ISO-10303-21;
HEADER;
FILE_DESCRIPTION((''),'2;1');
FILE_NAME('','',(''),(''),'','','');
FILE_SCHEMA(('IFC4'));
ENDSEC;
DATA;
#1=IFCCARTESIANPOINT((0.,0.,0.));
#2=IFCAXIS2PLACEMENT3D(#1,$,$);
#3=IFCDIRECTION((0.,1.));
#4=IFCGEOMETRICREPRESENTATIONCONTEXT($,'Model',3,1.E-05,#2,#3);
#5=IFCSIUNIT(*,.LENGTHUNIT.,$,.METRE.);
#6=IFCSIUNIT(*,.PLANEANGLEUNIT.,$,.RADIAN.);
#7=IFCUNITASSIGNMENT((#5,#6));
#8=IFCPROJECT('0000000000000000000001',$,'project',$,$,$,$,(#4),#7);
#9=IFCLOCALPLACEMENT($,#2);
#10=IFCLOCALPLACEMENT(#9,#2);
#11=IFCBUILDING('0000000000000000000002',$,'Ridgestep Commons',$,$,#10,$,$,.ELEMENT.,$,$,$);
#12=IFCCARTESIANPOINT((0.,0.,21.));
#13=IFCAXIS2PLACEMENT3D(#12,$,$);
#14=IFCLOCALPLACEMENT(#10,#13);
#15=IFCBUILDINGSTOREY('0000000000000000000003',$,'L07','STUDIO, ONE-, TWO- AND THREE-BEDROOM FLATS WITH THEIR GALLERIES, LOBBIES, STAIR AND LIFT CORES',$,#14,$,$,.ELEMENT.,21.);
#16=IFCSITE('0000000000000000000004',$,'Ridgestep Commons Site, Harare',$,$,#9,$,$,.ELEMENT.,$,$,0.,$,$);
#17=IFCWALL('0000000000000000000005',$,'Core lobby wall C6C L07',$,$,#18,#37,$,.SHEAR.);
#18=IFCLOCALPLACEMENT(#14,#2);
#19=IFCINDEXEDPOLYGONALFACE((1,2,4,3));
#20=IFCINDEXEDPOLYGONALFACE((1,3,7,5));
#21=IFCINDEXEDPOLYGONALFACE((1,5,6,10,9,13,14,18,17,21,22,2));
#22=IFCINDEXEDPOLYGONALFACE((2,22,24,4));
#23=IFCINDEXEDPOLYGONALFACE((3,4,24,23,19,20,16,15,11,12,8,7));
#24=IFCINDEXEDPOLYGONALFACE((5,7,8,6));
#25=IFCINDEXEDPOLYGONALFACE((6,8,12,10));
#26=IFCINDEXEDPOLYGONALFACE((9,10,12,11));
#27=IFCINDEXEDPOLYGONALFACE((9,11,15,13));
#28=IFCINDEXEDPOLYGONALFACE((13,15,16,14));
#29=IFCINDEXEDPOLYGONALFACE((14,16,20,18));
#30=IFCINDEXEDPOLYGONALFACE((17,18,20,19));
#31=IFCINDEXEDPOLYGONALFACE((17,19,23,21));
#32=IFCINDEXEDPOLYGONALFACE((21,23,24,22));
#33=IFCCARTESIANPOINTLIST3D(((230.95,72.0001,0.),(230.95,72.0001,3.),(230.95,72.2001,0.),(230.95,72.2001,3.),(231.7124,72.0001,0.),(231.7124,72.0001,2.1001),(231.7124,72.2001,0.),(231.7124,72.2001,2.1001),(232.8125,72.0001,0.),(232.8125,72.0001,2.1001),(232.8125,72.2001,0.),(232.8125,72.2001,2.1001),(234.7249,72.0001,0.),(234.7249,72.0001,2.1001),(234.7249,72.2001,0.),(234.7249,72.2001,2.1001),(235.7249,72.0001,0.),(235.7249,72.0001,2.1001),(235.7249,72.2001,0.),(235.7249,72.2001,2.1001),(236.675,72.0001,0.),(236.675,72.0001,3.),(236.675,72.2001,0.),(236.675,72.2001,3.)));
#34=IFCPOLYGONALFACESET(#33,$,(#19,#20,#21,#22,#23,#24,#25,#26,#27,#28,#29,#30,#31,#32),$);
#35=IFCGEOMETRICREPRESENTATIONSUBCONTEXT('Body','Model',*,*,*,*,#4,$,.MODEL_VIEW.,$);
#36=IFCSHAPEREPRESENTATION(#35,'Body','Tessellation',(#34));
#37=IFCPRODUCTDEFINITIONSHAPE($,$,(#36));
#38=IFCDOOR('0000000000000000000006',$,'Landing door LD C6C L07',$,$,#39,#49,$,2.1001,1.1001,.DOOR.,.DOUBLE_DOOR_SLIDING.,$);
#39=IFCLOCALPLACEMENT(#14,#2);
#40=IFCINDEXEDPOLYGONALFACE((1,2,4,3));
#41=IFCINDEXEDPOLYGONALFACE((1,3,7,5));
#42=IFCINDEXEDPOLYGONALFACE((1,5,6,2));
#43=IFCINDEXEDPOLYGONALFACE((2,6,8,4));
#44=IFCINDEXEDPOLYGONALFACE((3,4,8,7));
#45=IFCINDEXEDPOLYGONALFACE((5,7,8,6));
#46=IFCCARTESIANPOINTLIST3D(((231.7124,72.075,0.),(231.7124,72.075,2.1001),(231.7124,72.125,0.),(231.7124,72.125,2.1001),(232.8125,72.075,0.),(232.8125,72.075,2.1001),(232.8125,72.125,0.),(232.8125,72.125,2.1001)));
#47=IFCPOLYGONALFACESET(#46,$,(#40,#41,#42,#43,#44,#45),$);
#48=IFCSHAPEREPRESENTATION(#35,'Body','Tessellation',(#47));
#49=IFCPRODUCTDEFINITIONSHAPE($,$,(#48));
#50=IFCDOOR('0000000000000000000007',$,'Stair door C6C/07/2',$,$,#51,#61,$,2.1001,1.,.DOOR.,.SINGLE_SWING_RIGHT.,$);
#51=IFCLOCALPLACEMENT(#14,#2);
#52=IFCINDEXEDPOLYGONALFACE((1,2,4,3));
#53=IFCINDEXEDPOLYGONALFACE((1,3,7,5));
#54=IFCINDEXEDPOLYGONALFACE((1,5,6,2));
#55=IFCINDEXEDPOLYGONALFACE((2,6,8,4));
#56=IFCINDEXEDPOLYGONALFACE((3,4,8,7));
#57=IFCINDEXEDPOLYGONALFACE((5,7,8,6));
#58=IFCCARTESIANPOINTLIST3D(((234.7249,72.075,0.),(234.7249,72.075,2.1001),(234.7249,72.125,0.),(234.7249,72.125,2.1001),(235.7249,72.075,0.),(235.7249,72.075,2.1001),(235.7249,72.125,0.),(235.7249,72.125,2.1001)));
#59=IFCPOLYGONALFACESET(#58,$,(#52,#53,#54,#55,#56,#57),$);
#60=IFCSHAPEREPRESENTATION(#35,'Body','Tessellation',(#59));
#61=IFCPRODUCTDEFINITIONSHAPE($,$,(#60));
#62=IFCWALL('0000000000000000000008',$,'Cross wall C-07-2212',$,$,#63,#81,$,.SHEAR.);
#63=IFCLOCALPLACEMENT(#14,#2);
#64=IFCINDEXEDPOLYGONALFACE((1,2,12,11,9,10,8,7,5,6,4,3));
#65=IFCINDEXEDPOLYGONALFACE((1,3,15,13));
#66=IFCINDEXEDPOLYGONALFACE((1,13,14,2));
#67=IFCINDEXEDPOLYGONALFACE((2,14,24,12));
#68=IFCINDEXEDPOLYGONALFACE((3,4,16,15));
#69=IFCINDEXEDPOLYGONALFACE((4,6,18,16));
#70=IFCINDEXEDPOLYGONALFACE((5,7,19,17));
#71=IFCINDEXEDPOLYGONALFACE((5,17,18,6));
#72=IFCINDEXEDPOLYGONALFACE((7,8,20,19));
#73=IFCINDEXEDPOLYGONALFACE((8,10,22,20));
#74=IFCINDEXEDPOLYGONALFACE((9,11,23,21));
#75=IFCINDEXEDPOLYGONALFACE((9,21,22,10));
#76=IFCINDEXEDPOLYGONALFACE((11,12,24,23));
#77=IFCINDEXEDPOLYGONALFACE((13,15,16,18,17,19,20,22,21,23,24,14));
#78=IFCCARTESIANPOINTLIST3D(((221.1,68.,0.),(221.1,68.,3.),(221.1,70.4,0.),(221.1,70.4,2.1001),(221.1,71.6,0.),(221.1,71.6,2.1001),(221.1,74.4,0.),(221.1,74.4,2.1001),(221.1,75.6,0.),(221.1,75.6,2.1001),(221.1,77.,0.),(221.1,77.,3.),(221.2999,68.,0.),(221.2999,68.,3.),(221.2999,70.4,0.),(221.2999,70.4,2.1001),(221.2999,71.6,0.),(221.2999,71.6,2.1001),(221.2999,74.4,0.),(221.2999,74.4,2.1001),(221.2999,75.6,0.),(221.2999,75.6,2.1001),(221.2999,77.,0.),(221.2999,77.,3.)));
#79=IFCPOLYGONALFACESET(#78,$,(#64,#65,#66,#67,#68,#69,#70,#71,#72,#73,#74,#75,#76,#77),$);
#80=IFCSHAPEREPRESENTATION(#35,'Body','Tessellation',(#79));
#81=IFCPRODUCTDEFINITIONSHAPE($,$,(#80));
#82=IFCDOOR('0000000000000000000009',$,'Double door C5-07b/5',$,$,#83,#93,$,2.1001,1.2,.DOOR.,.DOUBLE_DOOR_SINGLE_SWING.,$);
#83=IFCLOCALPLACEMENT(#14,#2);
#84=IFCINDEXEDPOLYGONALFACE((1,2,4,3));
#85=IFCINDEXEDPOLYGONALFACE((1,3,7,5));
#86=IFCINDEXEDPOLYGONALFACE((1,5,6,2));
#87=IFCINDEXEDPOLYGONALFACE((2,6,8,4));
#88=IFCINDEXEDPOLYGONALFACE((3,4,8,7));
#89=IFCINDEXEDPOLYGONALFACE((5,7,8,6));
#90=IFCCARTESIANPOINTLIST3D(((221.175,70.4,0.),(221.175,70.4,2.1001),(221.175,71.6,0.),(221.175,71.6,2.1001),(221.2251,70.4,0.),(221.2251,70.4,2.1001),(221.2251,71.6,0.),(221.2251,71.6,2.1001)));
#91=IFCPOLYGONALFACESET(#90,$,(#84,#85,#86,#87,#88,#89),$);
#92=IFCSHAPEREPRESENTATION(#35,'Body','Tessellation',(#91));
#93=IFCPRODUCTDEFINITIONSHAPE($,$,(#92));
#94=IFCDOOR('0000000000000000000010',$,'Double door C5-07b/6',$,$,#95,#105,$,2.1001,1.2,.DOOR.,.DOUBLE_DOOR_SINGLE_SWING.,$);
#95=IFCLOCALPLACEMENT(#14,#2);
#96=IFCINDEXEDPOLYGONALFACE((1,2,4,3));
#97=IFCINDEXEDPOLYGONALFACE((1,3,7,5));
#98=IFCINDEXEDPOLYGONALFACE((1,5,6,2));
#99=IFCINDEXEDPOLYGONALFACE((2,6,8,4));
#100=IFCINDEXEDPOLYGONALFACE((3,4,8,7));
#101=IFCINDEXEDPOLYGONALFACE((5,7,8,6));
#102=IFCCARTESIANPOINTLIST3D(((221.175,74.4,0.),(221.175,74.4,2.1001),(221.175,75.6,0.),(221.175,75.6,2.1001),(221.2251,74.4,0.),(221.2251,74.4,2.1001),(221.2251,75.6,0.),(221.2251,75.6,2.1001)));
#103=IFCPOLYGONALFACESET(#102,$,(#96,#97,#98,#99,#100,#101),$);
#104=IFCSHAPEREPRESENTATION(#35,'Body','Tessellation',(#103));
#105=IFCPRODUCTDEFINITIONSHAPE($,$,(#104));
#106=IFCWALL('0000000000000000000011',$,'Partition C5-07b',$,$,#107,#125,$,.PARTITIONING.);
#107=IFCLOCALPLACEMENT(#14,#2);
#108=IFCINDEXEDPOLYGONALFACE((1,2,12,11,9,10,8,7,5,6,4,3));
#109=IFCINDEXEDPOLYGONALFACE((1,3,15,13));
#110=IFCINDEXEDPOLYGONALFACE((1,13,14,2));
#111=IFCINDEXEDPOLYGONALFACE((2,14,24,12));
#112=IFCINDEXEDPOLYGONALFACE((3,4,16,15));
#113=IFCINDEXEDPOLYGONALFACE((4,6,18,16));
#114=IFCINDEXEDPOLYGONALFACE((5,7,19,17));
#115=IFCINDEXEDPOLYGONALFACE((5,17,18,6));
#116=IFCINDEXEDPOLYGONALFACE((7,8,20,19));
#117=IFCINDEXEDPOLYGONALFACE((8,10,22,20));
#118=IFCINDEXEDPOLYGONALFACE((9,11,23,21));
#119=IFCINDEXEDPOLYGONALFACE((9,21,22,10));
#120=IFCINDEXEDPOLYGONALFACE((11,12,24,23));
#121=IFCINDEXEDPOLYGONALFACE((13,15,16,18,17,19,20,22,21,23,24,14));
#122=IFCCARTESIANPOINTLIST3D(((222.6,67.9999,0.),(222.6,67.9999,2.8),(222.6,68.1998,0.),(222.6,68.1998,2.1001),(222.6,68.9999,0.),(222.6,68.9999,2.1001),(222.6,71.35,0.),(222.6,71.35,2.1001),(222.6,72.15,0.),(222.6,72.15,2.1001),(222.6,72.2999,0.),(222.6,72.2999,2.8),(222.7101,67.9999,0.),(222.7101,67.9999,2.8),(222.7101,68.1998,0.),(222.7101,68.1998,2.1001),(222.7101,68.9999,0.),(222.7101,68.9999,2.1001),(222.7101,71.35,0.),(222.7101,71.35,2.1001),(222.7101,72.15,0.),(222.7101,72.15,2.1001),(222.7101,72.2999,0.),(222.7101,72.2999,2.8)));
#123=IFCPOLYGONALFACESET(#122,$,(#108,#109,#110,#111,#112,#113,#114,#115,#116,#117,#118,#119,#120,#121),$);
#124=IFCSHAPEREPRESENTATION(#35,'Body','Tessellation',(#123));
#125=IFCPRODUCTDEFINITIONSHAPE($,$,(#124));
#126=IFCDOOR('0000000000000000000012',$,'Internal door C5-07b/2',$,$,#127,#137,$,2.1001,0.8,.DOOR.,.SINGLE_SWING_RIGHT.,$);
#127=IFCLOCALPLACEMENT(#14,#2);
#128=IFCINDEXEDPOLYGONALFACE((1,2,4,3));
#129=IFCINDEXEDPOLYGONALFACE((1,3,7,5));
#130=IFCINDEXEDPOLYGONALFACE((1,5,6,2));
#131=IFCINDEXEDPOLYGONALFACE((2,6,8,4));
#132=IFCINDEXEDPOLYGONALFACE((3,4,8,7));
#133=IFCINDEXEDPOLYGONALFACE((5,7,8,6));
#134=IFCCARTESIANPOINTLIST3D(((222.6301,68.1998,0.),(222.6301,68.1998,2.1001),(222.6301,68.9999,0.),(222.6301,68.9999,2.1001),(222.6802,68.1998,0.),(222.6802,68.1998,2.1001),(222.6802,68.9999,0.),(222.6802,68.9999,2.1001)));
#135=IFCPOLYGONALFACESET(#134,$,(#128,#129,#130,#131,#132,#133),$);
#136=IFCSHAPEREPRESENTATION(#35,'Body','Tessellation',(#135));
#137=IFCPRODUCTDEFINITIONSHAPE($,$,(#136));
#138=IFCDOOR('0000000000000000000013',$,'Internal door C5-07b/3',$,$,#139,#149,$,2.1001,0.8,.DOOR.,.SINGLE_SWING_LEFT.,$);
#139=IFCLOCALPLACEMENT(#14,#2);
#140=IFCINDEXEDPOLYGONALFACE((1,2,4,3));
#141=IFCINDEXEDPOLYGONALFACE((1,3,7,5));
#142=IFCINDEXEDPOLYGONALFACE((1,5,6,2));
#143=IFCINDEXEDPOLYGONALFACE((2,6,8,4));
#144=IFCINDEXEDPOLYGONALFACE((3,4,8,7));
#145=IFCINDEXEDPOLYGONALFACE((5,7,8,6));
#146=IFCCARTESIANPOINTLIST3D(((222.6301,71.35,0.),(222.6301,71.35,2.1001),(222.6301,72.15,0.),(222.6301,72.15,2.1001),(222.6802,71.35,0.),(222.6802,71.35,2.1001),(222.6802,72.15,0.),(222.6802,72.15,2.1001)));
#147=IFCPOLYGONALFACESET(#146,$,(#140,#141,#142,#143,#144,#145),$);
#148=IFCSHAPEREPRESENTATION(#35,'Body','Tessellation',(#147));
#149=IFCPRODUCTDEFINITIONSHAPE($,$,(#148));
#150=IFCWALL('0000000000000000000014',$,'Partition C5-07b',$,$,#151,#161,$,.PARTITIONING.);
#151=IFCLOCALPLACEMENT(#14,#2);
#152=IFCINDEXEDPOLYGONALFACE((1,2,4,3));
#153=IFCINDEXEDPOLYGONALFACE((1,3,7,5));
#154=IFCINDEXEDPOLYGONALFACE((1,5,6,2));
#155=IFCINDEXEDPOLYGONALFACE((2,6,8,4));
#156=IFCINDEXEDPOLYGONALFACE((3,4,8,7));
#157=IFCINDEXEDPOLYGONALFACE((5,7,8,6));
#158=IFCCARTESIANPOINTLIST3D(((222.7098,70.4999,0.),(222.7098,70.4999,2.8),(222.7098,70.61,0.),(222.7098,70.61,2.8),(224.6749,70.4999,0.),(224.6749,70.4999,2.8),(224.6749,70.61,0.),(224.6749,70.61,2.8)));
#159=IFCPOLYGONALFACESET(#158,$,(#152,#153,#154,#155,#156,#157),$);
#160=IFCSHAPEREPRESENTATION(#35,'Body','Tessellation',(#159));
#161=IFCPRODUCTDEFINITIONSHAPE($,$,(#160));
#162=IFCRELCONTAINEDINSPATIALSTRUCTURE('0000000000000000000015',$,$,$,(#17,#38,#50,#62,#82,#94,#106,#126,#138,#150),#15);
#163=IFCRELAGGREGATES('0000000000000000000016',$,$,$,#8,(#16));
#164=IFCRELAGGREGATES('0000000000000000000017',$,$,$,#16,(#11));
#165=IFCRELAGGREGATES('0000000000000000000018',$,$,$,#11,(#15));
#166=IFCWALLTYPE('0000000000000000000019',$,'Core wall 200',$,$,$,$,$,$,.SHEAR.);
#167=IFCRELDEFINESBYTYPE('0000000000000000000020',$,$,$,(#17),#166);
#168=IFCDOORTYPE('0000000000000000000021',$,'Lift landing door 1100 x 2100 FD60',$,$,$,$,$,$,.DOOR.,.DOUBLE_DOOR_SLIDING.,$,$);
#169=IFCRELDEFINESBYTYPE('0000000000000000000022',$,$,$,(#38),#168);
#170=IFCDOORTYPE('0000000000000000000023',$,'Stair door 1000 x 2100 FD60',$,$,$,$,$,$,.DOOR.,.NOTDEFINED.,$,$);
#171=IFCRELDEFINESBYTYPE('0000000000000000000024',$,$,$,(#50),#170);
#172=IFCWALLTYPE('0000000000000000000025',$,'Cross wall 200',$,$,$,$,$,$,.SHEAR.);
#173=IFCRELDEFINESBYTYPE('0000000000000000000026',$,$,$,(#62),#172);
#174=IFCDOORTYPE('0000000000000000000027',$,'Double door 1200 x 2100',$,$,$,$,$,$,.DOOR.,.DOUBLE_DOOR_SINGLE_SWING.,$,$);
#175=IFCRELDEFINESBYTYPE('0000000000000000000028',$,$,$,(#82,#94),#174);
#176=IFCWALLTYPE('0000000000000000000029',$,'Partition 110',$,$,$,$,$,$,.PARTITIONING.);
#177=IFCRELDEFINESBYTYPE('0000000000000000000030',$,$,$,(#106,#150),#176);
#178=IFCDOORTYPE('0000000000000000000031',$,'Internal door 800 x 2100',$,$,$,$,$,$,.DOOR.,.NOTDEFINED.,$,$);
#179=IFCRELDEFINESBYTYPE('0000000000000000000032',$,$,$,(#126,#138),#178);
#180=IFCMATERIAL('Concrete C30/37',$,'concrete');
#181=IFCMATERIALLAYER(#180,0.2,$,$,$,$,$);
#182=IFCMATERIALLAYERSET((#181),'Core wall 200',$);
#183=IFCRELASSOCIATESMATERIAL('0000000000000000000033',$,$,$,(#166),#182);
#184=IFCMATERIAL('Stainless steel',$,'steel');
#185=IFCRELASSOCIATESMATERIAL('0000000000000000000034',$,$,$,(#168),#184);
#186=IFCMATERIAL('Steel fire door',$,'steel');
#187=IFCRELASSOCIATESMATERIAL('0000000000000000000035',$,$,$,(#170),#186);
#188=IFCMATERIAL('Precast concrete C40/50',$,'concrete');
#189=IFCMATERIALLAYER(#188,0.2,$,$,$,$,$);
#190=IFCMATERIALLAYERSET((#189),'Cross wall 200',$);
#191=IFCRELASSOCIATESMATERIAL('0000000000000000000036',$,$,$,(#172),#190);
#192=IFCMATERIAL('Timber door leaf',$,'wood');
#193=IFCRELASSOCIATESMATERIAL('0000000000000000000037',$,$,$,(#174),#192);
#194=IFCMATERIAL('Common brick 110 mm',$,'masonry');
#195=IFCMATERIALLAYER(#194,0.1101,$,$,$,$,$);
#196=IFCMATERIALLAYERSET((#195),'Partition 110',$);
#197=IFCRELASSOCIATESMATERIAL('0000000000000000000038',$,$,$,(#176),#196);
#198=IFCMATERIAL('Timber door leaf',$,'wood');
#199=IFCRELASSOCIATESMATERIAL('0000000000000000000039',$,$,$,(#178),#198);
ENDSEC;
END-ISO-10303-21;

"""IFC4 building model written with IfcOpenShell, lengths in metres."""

from ifc_helpers import new_model, si_unit, direction, frame, frame_2d, origin, place, context, subcontext, project, spatial, rectangle, extrude, material, layer, layer_set, type_object, element, fill, save


model = new_model("IFC4")

# Units and contexts
model_context = context("Model", 3, precision=1e-05, world=origin(), true_north=direction((0.0, 1.0)))
body_context = subcontext(model_context, "Body", "Model", "MODEL_VIEW")
ifc_project = project(units=[si_unit("LENGTHUNIT", "METRE"), si_unit("PLANEANGLEUNIT", "RADIAN")], contexts=[model_context])

# Site, building, storey
site_placement = place(None, origin())
site = spatial("IfcSite", under=ifc_project, at=site_placement, Name="Ridgestep Commons Site, Harare", CompositionType="ELEMENT", RefElevation=0.0)
building_placement = place(site_placement, origin())
building = spatial("IfcBuilding", under=site, at=building_placement, Name="Ridgestep Commons", CompositionType="ELEMENT")
storey_placement = place(building_placement, frame((0.0, 0.0, 21.0)))
storey = spatial("IfcBuildingStorey", under=building, at=storey_placement, Name="L07", Description="STUDIO, ONE-, TWO- AND THREE-BEDROOM FLATS WITH THEIR GALLERIES, LOBBIES, STAIR AND LIFT CORES", CompositionType="ELEMENT", Elevation=21.0)

# Shared definitions
ifc_material_1 = material(Name="Concrete C30/37", Category="concrete")
ifc_layer_1 = layer(ifc_material_1, 0.2)
ifc_layer_set_1 = layer_set([ifc_layer_1], Name="Core wall 200")
wall_type_1 = type_object("IfcWallType", Name="Core wall 200", PredefinedType="SHEAR", material=ifc_layer_set_1)
ifc_material_2 = material(Name="Stainless steel", Category="steel")
door_type_1 = type_object("IfcDoorType", Name="Lift landing door 1100 x 2100 FD60", OperationType="DOUBLE_DOOR_SLIDING", PredefinedType="DOOR", material=ifc_material_2)
ifc_material_3 = material(Name="Steel fire door", Category="steel")
door_type_2 = type_object("IfcDoorType", Name="Stair door 1000 x 2100 FD60", OperationType="NOTDEFINED", PredefinedType="DOOR", material=ifc_material_3)

# Walls, openings, doors
wall_1_placement = place(storey_placement, frame((230.95, 72.1001, 0.0), z_axis=(0.0, 0.0, 1.0), x_axis=(1.0, 0.0, 0.0)))
wall_1 = element("IfcWall", 1, at=wall_1_placement, inside=storey, type_object=wall_type_1, Name="Core lobby wall C6C L07", PredefinedType="SHEAR", context=body_context, shape_type="SweptSolid", body=[
    extrude(rectangle(XDim=5.7251, YDim=0.2, at=frame_2d((2.8625, 0.0))), origin(), (0.0, 0.0, 1.0), 3.0),
])
opening_1_placement = place(wall_1_placement, frame((3.7749, 0.0, 0.0)))
opening_1 = element("IfcOpeningElement", 2, at=opening_1_placement, cuts=wall_1, PredefinedType="OPENING", context=body_context, shape_type="SweptSolid", body=[
    extrude(rectangle(XDim=1.0, YDim=2.1001, at=frame_2d((0.5, 1.05))), frame((0.0, 0.1099, 0.0), z_axis=(0.0, -1.0, 0.0), x_axis=(1.0, 0.0, 0.0)), (0.0, 0.0, 1.0), 0.22),
])
opening_2_placement = place(wall_1_placement, frame((0.7625, 0.0, 0.0)))
opening_2 = element("IfcOpeningElement", 3, at=opening_2_placement, cuts=wall_1, PredefinedType="OPENING", context=body_context, shape_type="SweptSolid", body=[
    extrude(rectangle(XDim=1.1001, YDim=2.1001, at=frame_2d((0.55, 1.05))), frame((0.0, 0.1099, 0.0), z_axis=(0.0, -1.0, 0.0), x_axis=(1.0, 0.0, 0.0)), (0.0, 0.0, 1.0), 0.22),
])
door_1_placement = place(opening_2_placement, origin())
door_1 = element("IfcDoor", 4, at=door_1_placement, inside=storey, type_object=door_type_1, Name="Landing door LD C6C L07", OperationType="DOUBLE_DOOR_SLIDING", OverallHeight=2.1001, OverallWidth=1.1001, PredefinedType="DOOR", context=body_context, shape_type="SweptSolid", body=[
    extrude(rectangle(XDim=1.1001, YDim=2.1001, at=frame_2d((0.55, 1.05))), frame((0.0, 0.0249, 0.0), z_axis=(0.0, -1.0, 0.0), x_axis=(1.0, 0.0, 0.0)), (0.0, 0.0, 1.0), 0.05),
])
fill(opening_2, door_1)
door_2_placement = place(opening_1_placement, origin())
door_2 = element("IfcDoor", 5, at=door_2_placement, inside=storey, type_object=door_type_2, Name="Stair door C6C/07/2", OperationType="SINGLE_SWING_RIGHT", OverallHeight=2.1001, OverallWidth=1.0, PredefinedType="DOOR", context=body_context, shape_type="SweptSolid", body=[
    extrude(rectangle(XDim=1.0, YDim=2.1001, at=frame_2d((0.5, 1.05))), frame((0.0, 0.0249, 0.0), z_axis=(0.0, -1.0, 0.0), x_axis=(1.0, 0.0, 0.0)), (0.0, 0.0, 1.0), 0.05),
])
fill(opening_1, door_2)
ifc_material_4 = material(Name="Precast concrete C40/50", Category="concrete")
ifc_layer_2 = layer(ifc_material_4, 0.2)
ifc_layer_set_2 = layer_set([ifc_layer_2], Name="Cross wall 200")
wall_type_2 = type_object("IfcWallType", Name="Cross wall 200", PredefinedType="SHEAR", material=ifc_layer_set_2)
wall_2_placement = place(storey_placement, frame((221.2, 68.0, 0.0), z_axis=(0.0, 0.0, 1.0), x_axis=(0.0, 1.0, 0.0)))
wall_2 = element("IfcWall", 6, at=wall_2_placement, inside=storey, type_object=wall_type_2, Name="Cross wall C-07-2212", PredefinedType="SHEAR", context=body_context, shape_type="SweptSolid", body=[
    extrude(rectangle(XDim=9.0, YDim=0.2, at=frame_2d((4.5, 0.0))), origin(), (0.0, 0.0, 1.0), 3.0),
])
opening_3_placement = place(wall_2_placement, frame((2.3999, 0.0, 0.0)))
opening_3 = element("IfcOpeningElement", 7, at=opening_3_placement, cuts=wall_2, PredefinedType="OPENING", context=body_context, shape_type="SweptSolid", body=[
    extrude(rectangle(XDim=1.2, YDim=2.1001, at=frame_2d((0.6001, 1.05))), frame((0.0, 0.1099, 0.0), z_axis=(0.0, -1.0, 0.0), x_axis=(1.0, 0.0, 0.0)), (0.0, 0.0, 1.0), 0.22),
])
opening_4_placement = place(wall_2_placement, frame((6.3999, 0.0, 0.0)))
opening_4 = element("IfcOpeningElement", 8, at=opening_4_placement, cuts=wall_2, PredefinedType="OPENING", context=body_context, shape_type="SweptSolid", body=[
    extrude(rectangle(XDim=1.2, YDim=2.1001, at=frame_2d((0.6001, 1.05))), frame((0.0, 0.1099, 0.0), z_axis=(0.0, -1.0, 0.0), x_axis=(1.0, 0.0, 0.0)), (0.0, 0.0, 1.0), 0.22),
])
ifc_material_5 = material(Name="Timber door leaf", Category="wood")
door_type_3 = type_object("IfcDoorType", Name="Double door 1200 x 2100", OperationType="DOUBLE_DOOR_SINGLE_SWING", PredefinedType="DOOR", material=ifc_material_5)
door_3_placement = place(opening_3_placement, origin())
door_3 = element("IfcDoor", 9, at=door_3_placement, inside=storey, type_object=door_type_3, Name="Double door C5-07b/5", OperationType="DOUBLE_DOOR_SINGLE_SWING", OverallHeight=2.1001, OverallWidth=1.2, PredefinedType="DOOR", context=body_context, shape_type="SweptSolid", body=[
    extrude(rectangle(XDim=1.2, YDim=2.1001, at=frame_2d((0.6001, 1.05))), frame((0.0, 0.0249, 0.0), z_axis=(0.0, -1.0, 0.0), x_axis=(1.0, 0.0, 0.0)), (0.0, 0.0, 1.0), 0.05),
])
fill(opening_3, door_3)
door_4_placement = place(opening_4_placement, origin())
door_4 = element("IfcDoor", 10, at=door_4_placement, inside=storey, type_object=door_type_3, Name="Double door C5-07b/6", OperationType="DOUBLE_DOOR_SINGLE_SWING", OverallHeight=2.1001, OverallWidth=1.2, PredefinedType="DOOR", context=body_context, shape_type="SweptSolid", body=[
    extrude(rectangle(XDim=1.2, YDim=2.1001, at=frame_2d((0.6001, 1.05))), frame((0.0, 0.0249, 0.0), z_axis=(0.0, -1.0, 0.0), x_axis=(1.0, 0.0, 0.0)), (0.0, 0.0, 1.0), 0.05),
])
fill(opening_4, door_4)
ifc_material_6 = material(Name="Common brick 110 mm", Category="masonry")
ifc_layer_3 = layer(ifc_material_6, 0.1101)
ifc_layer_set_3 = layer_set([ifc_layer_3], Name="Partition 110")
wall_type_3 = type_object("IfcWallType", Name="Partition 110", PredefinedType="PARTITIONING", material=ifc_layer_set_3)
wall_3_placement = place(storey_placement, frame((222.655, 68.0, 0.0), z_axis=(0.0, 0.0, 1.0), x_axis=(0.0, 1.0, 0.0)))
wall_3 = element("IfcWall", 11, at=wall_3_placement, inside=storey, type_object=wall_type_3, Name="Partition C5-07b", PredefinedType="PARTITIONING", context=body_context, shape_type="SweptSolid", body=[
    extrude(rectangle(XDim=4.3, YDim=0.1101, at=frame_2d((2.1499, 0.0))), origin(), (0.0, 0.0, 1.0), 2.8),
])
opening_5_placement = place(wall_3_placement, frame((0.2, 0.0, 0.0)))
opening_5 = element("IfcOpeningElement", 12, at=opening_5_placement, cuts=wall_3, PredefinedType="OPENING", context=body_context, shape_type="SweptSolid", body=[
    extrude(rectangle(XDim=0.8, YDim=2.1001, at=frame_2d((0.3999, 1.05))), frame((0.0, 0.0649, 0.0), z_axis=(0.0, -1.0, 0.0), x_axis=(1.0, 0.0, 0.0)), (0.0, 0.0, 1.0), 0.1301),
])
opening_6_placement = place(wall_3_placement, frame((3.3501, 0.0, 0.0)))
opening_6 = element("IfcOpeningElement", 13, at=opening_6_placement, cuts=wall_3, PredefinedType="OPENING", context=body_context, shape_type="SweptSolid", body=[
    extrude(rectangle(XDim=0.8, YDim=2.1001, at=frame_2d((0.3999, 1.05))), frame((0.0, 0.0649, 0.0), z_axis=(0.0, -1.0, 0.0), x_axis=(1.0, 0.0, 0.0)), (0.0, 0.0, 1.0), 0.1301),
])
ifc_material_7 = material(Name="Timber door leaf", Category="wood")
door_type_4 = type_object("IfcDoorType", Name="Internal door 800 x 2100", OperationType="NOTDEFINED", PredefinedType="DOOR", material=ifc_material_7)
door_5_placement = place(opening_5_placement, origin())
door_5 = element("IfcDoor", 14, at=door_5_placement, inside=storey, type_object=door_type_4, Name="Internal door C5-07b/2", OperationType="SINGLE_SWING_RIGHT", OverallHeight=2.1001, OverallWidth=0.8, PredefinedType="DOOR", context=body_context, shape_type="SweptSolid", body=[
    extrude(rectangle(XDim=0.8, YDim=2.1001, at=frame_2d((0.3999, 1.05))), frame((0.0, 0.0249, 0.0), z_axis=(0.0, -1.0, 0.0), x_axis=(1.0, 0.0, 0.0)), (0.0, 0.0, 1.0), 0.05),
])
fill(opening_5, door_5)
door_6_placement = place(opening_6_placement, origin())
door_6 = element("IfcDoor", 15, at=door_6_placement, inside=storey, type_object=door_type_4, Name="Internal door C5-07b/3", OperationType="SINGLE_SWING_LEFT", OverallHeight=2.1001, OverallWidth=0.8, PredefinedType="DOOR", context=body_context, shape_type="SweptSolid", body=[
    extrude(rectangle(XDim=0.8, YDim=2.1001, at=frame_2d((0.3999, 1.05))), frame((0.0, 0.0249, 0.0), z_axis=(0.0, -1.0, 0.0), x_axis=(1.0, 0.0, 0.0)), (0.0, 0.0, 1.0), 0.05),
])
fill(opening_6, door_6)

# Wall
wall_4_placement = place(storey_placement, frame((222.71, 70.5549, 0.0), z_axis=(0.0, 0.0, 1.0), x_axis=(1.0, 0.0, 0.0)))
element("IfcWall", 16, at=wall_4_placement, inside=storey, type_object=wall_type_3, Name="Partition C5-07b", PredefinedType="PARTITIONING", context=body_context, shape_type="SweptSolid", body=[
    extrude(rectangle(XDim=1.9651, YDim=0.1101, at=frame_2d((0.9824, 0.0))), origin(), (0.0, 0.0, 1.0), 2.8),
])

save(model, "model.ifc")
